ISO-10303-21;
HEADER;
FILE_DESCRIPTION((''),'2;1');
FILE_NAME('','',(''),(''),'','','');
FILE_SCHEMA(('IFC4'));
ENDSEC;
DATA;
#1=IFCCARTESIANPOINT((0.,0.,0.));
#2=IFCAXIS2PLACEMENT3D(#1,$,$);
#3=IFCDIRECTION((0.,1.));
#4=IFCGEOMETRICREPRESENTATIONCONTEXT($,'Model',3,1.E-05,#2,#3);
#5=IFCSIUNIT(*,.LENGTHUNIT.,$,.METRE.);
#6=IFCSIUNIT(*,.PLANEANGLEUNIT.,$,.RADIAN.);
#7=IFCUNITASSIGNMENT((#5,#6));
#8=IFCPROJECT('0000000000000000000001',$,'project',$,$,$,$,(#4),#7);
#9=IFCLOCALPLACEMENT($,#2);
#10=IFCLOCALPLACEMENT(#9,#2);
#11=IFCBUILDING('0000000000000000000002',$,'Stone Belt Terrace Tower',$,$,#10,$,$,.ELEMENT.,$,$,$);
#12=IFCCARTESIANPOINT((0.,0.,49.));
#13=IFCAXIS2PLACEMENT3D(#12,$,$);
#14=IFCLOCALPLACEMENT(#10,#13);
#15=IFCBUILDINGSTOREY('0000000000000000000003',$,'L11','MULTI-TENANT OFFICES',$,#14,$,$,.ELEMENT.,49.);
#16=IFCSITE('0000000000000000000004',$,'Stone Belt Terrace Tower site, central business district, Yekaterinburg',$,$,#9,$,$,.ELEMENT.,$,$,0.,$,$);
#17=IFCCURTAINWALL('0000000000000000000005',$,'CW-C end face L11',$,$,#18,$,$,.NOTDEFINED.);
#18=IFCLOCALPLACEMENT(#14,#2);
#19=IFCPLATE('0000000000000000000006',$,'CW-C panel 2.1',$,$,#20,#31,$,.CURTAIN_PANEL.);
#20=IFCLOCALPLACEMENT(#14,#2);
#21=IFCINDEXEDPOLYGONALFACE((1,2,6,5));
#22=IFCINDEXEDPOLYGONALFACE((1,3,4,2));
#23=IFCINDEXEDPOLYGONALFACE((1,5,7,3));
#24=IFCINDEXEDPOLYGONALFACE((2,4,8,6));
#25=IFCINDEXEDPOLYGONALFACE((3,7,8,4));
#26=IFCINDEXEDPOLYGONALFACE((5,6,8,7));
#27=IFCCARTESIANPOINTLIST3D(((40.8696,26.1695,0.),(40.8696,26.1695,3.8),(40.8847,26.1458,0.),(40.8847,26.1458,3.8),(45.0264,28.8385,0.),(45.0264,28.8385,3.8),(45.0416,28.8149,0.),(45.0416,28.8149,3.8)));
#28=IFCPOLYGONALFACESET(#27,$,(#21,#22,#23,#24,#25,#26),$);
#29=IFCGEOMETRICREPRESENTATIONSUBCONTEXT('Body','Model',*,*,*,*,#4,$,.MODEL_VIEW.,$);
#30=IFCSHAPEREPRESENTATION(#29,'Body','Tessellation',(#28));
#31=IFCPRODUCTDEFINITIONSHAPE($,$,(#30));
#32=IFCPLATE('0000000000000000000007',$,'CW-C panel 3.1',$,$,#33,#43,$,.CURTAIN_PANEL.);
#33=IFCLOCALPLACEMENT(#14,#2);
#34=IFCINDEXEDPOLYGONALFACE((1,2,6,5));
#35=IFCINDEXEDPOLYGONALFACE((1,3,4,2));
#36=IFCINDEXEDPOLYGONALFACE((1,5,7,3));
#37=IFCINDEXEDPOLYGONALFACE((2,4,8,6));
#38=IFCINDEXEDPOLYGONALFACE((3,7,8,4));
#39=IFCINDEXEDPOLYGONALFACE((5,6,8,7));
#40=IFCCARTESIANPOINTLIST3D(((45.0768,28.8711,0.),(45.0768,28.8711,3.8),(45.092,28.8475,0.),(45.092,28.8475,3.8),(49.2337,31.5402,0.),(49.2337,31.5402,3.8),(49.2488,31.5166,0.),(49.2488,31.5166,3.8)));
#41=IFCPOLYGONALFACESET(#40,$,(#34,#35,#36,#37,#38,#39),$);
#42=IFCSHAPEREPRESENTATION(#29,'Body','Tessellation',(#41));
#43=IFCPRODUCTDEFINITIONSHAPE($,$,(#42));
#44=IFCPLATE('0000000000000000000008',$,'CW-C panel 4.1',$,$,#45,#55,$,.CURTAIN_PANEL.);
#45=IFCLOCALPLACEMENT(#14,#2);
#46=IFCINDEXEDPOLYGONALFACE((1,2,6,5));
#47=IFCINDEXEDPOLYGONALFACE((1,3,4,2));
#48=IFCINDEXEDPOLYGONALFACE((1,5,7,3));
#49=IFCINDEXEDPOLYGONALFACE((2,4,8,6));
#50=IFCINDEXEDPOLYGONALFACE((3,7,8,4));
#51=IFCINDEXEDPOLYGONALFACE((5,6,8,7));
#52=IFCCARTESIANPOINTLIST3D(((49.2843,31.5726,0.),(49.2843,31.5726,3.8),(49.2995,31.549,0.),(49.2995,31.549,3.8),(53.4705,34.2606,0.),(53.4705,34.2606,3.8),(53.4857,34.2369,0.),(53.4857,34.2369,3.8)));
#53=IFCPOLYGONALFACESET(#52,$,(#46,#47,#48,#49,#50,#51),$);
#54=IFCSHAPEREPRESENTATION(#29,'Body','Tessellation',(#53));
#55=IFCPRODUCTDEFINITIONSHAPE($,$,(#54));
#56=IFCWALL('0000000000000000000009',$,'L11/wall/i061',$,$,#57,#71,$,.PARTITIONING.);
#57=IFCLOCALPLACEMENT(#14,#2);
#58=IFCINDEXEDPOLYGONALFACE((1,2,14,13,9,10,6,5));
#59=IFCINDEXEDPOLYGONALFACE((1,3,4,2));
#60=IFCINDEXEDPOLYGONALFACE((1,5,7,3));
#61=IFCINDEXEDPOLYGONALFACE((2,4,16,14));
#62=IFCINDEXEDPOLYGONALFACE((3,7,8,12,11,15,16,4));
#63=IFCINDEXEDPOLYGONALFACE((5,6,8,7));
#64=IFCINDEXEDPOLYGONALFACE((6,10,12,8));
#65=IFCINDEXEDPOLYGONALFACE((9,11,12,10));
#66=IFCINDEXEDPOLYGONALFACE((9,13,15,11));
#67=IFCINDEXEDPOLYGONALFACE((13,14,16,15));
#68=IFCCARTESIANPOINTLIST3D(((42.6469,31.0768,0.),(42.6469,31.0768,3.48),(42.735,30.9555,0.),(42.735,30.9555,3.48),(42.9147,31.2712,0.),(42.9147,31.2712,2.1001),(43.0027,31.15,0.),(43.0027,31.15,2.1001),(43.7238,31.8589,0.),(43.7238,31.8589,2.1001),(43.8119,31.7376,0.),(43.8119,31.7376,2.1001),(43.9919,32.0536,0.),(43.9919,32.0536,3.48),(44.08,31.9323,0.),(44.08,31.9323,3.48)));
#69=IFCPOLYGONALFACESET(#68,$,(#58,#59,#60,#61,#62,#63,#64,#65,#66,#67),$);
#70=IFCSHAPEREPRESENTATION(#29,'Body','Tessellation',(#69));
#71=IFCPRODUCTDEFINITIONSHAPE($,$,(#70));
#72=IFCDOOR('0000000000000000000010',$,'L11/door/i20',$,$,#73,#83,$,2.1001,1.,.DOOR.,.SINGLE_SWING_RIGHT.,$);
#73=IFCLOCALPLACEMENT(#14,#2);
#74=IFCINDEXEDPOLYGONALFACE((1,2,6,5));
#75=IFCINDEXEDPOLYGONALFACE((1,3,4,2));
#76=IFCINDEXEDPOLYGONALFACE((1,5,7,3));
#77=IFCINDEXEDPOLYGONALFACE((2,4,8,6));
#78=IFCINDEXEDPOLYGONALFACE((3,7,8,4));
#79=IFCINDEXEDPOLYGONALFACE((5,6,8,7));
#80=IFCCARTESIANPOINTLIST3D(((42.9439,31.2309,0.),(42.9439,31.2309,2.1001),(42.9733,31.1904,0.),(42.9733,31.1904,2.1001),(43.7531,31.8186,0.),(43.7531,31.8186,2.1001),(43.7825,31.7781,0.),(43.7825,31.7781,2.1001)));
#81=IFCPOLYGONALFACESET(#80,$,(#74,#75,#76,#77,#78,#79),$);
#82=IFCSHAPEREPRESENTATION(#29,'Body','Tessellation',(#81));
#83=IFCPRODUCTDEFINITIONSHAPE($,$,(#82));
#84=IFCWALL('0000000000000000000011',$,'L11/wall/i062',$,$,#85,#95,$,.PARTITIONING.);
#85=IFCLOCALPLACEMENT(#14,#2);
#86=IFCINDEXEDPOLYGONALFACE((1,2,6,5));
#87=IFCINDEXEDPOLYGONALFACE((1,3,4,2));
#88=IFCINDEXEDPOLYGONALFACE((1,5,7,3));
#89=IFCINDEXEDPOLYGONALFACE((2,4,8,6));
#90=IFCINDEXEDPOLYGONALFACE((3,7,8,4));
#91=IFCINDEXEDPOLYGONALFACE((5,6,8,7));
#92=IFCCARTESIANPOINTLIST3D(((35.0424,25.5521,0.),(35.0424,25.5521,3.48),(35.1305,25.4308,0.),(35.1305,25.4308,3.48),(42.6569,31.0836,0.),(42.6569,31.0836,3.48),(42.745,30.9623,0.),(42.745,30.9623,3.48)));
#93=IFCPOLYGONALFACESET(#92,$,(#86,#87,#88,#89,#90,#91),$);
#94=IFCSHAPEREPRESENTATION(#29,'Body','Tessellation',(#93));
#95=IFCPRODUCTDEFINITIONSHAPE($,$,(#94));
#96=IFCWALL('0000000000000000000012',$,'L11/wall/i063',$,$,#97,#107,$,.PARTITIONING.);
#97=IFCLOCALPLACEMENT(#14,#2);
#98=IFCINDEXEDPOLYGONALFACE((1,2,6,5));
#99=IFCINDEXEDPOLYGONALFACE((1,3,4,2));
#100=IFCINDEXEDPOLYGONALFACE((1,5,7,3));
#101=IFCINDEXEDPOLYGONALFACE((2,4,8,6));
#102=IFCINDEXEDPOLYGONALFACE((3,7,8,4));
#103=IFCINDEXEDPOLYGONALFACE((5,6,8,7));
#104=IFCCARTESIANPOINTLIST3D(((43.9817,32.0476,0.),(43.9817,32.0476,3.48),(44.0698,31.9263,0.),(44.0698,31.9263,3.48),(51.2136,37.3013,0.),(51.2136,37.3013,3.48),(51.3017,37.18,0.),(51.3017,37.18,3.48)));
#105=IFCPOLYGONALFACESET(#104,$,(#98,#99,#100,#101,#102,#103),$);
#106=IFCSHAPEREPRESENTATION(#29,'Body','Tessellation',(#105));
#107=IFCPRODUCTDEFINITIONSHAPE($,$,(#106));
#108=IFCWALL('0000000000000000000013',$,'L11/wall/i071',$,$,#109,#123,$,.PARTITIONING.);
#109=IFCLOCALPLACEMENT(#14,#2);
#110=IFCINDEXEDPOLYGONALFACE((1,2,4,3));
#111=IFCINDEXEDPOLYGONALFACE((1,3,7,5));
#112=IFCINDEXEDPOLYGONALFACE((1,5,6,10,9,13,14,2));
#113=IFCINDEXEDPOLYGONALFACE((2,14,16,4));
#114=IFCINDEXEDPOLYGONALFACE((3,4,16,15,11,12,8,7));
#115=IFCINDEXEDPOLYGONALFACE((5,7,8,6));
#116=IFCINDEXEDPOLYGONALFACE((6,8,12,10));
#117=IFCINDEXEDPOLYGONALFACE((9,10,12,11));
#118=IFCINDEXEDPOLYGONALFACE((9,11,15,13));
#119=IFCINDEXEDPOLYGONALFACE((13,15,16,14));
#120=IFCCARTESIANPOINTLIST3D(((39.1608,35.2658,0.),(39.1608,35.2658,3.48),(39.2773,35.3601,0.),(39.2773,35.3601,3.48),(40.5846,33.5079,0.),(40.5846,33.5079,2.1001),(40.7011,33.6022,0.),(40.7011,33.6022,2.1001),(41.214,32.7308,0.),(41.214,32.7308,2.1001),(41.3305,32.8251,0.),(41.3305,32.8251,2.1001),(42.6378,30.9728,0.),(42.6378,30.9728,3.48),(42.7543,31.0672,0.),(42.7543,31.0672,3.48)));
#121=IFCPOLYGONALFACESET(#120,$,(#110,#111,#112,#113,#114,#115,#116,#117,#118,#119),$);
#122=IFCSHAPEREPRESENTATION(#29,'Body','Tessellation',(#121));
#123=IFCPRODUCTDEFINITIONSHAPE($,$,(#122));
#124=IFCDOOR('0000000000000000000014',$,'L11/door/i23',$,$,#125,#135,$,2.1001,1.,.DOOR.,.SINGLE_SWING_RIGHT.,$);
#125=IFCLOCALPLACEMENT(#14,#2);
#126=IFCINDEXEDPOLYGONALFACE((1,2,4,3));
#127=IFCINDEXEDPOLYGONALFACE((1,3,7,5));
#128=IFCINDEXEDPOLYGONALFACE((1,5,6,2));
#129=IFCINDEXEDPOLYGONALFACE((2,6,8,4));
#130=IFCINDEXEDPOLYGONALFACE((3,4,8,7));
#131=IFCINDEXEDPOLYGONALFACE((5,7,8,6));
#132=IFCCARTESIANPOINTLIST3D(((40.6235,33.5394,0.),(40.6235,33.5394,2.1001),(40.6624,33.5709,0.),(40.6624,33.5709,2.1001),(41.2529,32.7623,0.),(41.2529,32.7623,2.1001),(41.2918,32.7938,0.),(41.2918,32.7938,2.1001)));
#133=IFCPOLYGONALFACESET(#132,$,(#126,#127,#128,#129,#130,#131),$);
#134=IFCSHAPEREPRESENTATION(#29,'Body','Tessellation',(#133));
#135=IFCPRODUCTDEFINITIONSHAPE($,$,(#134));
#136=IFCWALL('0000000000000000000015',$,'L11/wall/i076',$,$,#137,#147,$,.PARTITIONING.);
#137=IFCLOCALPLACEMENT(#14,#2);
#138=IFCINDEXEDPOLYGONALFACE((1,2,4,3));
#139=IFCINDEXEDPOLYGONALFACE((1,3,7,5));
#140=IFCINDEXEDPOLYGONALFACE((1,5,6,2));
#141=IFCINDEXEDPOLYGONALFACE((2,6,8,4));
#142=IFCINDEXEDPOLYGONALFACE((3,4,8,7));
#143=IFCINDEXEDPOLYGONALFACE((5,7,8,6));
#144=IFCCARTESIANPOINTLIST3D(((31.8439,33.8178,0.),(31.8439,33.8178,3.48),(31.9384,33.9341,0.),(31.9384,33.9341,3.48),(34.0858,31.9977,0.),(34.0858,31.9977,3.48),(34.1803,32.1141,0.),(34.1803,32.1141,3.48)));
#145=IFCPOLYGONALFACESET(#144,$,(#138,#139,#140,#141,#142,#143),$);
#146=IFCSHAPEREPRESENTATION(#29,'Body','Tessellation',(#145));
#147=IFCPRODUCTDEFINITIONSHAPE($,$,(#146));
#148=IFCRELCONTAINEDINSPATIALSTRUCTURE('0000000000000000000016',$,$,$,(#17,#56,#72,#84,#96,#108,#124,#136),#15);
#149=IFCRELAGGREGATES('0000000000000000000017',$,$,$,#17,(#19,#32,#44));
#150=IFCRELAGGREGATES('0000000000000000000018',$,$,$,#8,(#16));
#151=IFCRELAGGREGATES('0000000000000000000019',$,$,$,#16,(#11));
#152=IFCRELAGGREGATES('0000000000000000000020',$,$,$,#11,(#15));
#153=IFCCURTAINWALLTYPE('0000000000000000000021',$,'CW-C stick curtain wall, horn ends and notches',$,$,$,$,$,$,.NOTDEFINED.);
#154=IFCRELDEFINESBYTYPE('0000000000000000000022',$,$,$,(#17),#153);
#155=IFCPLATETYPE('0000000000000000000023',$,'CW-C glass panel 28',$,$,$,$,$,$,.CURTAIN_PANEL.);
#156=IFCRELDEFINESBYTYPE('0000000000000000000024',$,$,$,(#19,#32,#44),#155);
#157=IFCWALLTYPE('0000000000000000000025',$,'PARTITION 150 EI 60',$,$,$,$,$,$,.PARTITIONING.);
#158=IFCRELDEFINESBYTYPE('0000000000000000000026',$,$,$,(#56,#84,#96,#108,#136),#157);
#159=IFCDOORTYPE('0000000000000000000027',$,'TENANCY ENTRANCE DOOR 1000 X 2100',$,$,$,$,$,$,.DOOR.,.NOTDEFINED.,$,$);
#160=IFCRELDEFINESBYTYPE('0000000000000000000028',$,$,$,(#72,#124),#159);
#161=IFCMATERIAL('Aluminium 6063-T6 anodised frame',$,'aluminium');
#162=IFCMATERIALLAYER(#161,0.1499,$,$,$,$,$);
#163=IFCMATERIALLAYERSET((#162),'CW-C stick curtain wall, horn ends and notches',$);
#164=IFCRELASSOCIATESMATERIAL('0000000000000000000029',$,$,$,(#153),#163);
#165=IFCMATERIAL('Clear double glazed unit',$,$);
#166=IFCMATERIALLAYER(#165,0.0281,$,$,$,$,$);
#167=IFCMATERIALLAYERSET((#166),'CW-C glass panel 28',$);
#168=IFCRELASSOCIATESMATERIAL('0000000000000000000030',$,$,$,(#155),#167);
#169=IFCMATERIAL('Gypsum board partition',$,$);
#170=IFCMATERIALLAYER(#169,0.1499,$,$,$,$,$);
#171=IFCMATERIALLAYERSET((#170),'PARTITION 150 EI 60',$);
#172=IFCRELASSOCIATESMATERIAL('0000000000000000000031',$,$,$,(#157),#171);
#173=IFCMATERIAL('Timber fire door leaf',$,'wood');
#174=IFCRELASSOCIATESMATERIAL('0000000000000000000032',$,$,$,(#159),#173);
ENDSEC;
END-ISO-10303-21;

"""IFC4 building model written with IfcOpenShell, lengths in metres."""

from ifc_helpers import new_model, si_unit, direction, frame, frame_2d, origin, origin_2d, place, context, subcontext, project, spatial, rectangle, extrude, material, layer, layer_set, type_object, element, fill, aggregate, save


model = new_model("IFC4")

# Units and contexts
model_context = context("Model", 3, precision=1e-05, world=origin(), true_north=direction((0.0, 1.0)))
body_context = subcontext(model_context, "Body", "Model", "MODEL_VIEW")
ifc_project = project(units=[si_unit("LENGTHUNIT", "METRE"), si_unit("PLANEANGLEUNIT", "RADIAN")], contexts=[model_context])

# Site, building, storey
site_placement = place(None, origin())
site = spatial("IfcSite", under=ifc_project, at=site_placement, Name="Stone Belt Terrace Tower site, central business district, Yekaterinburg", CompositionType="ELEMENT", RefElevation=0.0)
building_placement = place(site_placement, origin())
building = spatial("IfcBuilding", under=site, at=building_placement, Name="Stone Belt Terrace Tower", CompositionType="ELEMENT")
storey_placement = place(building_placement, frame((0.0, 0.0, 49.0)))
storey = spatial("IfcBuildingStorey", under=building, at=storey_placement, Name="L11", Description="MULTI-TENANT OFFICES", CompositionType="ELEMENT", Elevation=49.0)

# Curtain wall
ifc_material_1 = material(Name="Aluminium 6063-T6 anodised frame", Category="aluminium")
ifc_layer_1 = layer(ifc_material_1, 0.1499)
ifc_layer_set_1 = layer_set([ifc_layer_1], Name="CW-C stick curtain wall, horn ends and notches")
curtain_wall_type_1 = type_object("IfcCurtainWallType", Name="CW-C stick curtain wall, horn ends and notches", PredefinedType="NOTDEFINED", material=ifc_layer_set_1)
curtain_wall_1_placement = place(storey_placement, origin())
curtain_wall_1 = element("IfcCurtainWall", 1, at=curtain_wall_1_placement, inside=storey, type_object=curtain_wall_type_1, Name="CW-C end face L11", PredefinedType="NOTDEFINED")

# Shared definitions
ifc_material_2 = material(Name="Clear double glazed unit")

# Plates
ifc_layer_2 = layer(ifc_material_2, 0.0281)
ifc_layer_set_2 = layer_set([ifc_layer_2], Name="CW-C glass panel 28")
plate_type_1 = type_object("IfcPlateType", Name="CW-C glass panel 28", PredefinedType="CURTAIN_PANEL", material=ifc_layer_set_2)
plate_1_placement = place(storey_placement, frame((42.9556, 27.4922, 0.0), z_axis=(0.0, 0.0, 1.0), x_axis=(0.841471, 0.540302, 0.0)))
plate_1 = element("IfcPlate", 2, at=plate_1_placement, type_object=plate_type_1, Name="CW-C panel 2.1", PredefinedType="CURTAIN_PANEL", context=body_context, shape_type="SweptSolid", body=[
    extrude(rectangle(XDim=4.9399, YDim=0.0281, at=origin_2d()), origin(), (0.0, 0.0, 1.0), 3.8),
])
plate_2_placement = place(storey_placement, frame((47.1628, 30.1938, 0.0), z_axis=(0.0, 0.0, 1.0), x_axis=(0.841471, 0.540302, 0.0)))
plate_2 = element("IfcPlate", 3, at=plate_2_placement, type_object=plate_type_1, Name="CW-C panel 3.1", PredefinedType="CURTAIN_PANEL", context=body_context, shape_type="SweptSolid", body=[
    extrude(rectangle(XDim=4.9399, YDim=0.0281, at=origin_2d()), origin(), (0.0, 0.0, 1.0), 3.8),
])
plate_3_placement = place(storey_placement, frame((51.385, 32.9048, 0.0), z_axis=(0.0, 0.0, 1.0), x_axis=(0.841471, 0.540302, 0.0)))
plate_3 = element("IfcPlate", 4, at=plate_3_placement, type_object=plate_type_1, Name="CW-C panel 4.1", PredefinedType="CURTAIN_PANEL", context=body_context, shape_type="SweptSolid", body=[
    extrude(rectangle(XDim=4.9749, YDim=0.0281, at=origin_2d()), origin(), (0.0, 0.0, 1.0), 3.8),
])
aggregate(curtain_wall_1, [plate_1, plate_2, plate_3])

# Wall, opening, door
ifc_material_3 = material(Name="Gypsum board partition")
ifc_layer_3 = layer(ifc_material_3, 0.1499)
ifc_layer_set_3 = layer_set([ifc_layer_3], Name="PARTITION 150 EI 60")
wall_type = type_object("IfcWallType", Name="PARTITION 150 EI 60", PredefinedType="PARTITIONING", material=ifc_layer_set_3)
wall_1_placement = place(storey_placement, frame((44.0359, 31.9929, 0.0), z_axis=(0.0, 0.0, 1.0), x_axis=(-0.809123, -0.587639, 0.0)))
wall_1 = element("IfcWall", 5, at=wall_1_placement, inside=storey, type_object=wall_type, Name="L11/wall/i061", PredefinedType="PARTITIONING", context=body_context, shape_type="SweptSolid", body=[
    extrude(rectangle(XDim=1.6624, YDim=0.1499, at=frame_2d((0.8311, 0.0))), origin(), (0.0, 0.0, 1.0), 3.48),
])
opening_1_placement = place(wall_1_placement, frame((0.3313, 0.0, 0.0)))
opening_1 = element("IfcOpeningElement", 6, at=opening_1_placement, cuts=wall_1, PredefinedType="OPENING", context=body_context, shape_type="SweptSolid", body=[
    extrude(rectangle(XDim=1.0, YDim=2.1001, at=frame_2d((0.5, 1.05))), frame((0.0, 0.085, 0.0), z_axis=(0.0, -1.0, 0.0), x_axis=(1.0, 0.0, 0.0)), (0.0, 0.0, 1.0), 0.1699),
])
ifc_material_4 = material(Name="Timber fire door leaf", Category="wood")
door_type = type_object("IfcDoorType", Name="TENANCY ENTRANCE DOOR 1000 X 2100", OperationType="NOTDEFINED", PredefinedType="DOOR", material=ifc_material_4)
door_1_placement = place(opening_1_placement, origin())
door_1 = element("IfcDoor", 7, at=door_1_placement, inside=storey, type_object=door_type, Name="L11/door/i20", OperationType="SINGLE_SWING_RIGHT", OverallHeight=2.1001, OverallWidth=1.0, PredefinedType="DOOR", context=body_context, shape_type="SweptSolid", body=[
    extrude(rectangle(XDim=1.0, YDim=2.1001, at=frame_2d((0.5, 1.05))), frame((0.0, 0.0249, 0.0), z_axis=(0.0, -1.0, 0.0), x_axis=(1.0, 0.0, 0.0)), (0.0, 0.0, 1.0), 0.05),
])
fill(opening_1, door_1)

# Walls
wall_2_placement = place(storey_placement, frame((35.0864, 25.4915, 0.0), z_axis=(0.0, 0.0, 1.0), x_axis=(0.809056, 0.587732, 0.0)))
element("IfcWall", 8, at=wall_2_placement, inside=storey, type_object=wall_type, Name="L11/wall/i062", PredefinedType="PARTITIONING", context=body_context, shape_type="SweptSolid", body=[
    extrude(rectangle(XDim=9.4116, YDim=0.1499, at=frame_2d((4.7058, 0.0))), origin(), (0.0, 0.0, 1.0), 3.48),
])
wall_3_placement = place(storey_placement, frame((44.0259, 31.9871, 0.0), z_axis=(0.0, 0.0, 1.0), x_axis=(0.809051, 0.587738, 0.0)))
element("IfcWall", 9, at=wall_3_placement, inside=storey, type_object=wall_type, Name="L11/wall/i063", PredefinedType="PARTITIONING", context=body_context, shape_type="SweptSolid", body=[
    extrude(rectangle(XDim=8.9387, YDim=0.1499, at=frame_2d((4.4692, 0.0))), origin(), (0.0, 0.0, 1.0), 3.48),
])

# Wall, opening, door
wall_4_placement = place(storey_placement, frame((42.696, 31.02, 0.0), z_axis=(0.0, 0.0, 1.0), x_axis=(-0.629394, 0.777086, 0.0)))
wall_4 = element("IfcWall", 10, at=wall_4_placement, inside=storey, type_object=wall_type, Name="L11/wall/i071", PredefinedType="PARTITIONING", context=body_context, shape_type="SweptSolid", body=[
    extrude(rectangle(XDim=5.5244, YDim=0.1499, at=frame_2d((2.7622, 0.0))), origin(), (0.0, 0.0, 1.0), 3.48),
])
opening_2_placement = place(wall_4_placement, frame((2.2622, 0.0, 0.0)))
opening_2 = element("IfcOpeningElement", 11, at=opening_2_placement, cuts=wall_4, PredefinedType="OPENING", context=body_context, shape_type="SweptSolid", body=[
    extrude(rectangle(XDim=1.0, YDim=2.1001, at=frame_2d((0.5, 1.05))), frame((0.0, 0.085, 0.0), z_axis=(0.0, -1.0, 0.0), x_axis=(1.0, 0.0, 0.0)), (0.0, 0.0, 1.0), 0.1699),
])
door_2_placement = place(opening_2_placement, origin())
door_2 = element("IfcDoor", 12, at=door_2_placement, inside=storey, type_object=door_type, Name="L11/door/i23", OperationType="SINGLE_SWING_RIGHT", OverallHeight=2.1001, OverallWidth=1.0, PredefinedType="DOOR", context=body_context, shape_type="SweptSolid", body=[
    extrude(rectangle(XDim=1.0, YDim=2.1001, at=frame_2d((0.5, 1.05))), frame((0.0, 0.0249, 0.0), z_axis=(0.0, -1.0, 0.0), x_axis=(1.0, 0.0, 0.0)), (0.0, 0.0, 1.0), 0.05),
])
fill(opening_2, door_2)

# Wall
wall_5_placement = place(storey_placement, frame((34.1331, 32.0559, 0.0), z_axis=(0.0, 0.0, 1.0), x_axis=(-0.77637, 0.630277, 0.0)))
element("IfcWall", 13, at=wall_5_placement, inside=storey, type_object=wall_type, Name="L11/wall/i076", PredefinedType="PARTITIONING", context=body_context, shape_type="SweptSolid", body=[
    extrude(rectangle(XDim=2.8877, YDim=0.1499, at=frame_2d((1.4438, 0.0))), origin(), (0.0, 0.0, 1.0), 3.48),
])

save(model, "model.ifc")
